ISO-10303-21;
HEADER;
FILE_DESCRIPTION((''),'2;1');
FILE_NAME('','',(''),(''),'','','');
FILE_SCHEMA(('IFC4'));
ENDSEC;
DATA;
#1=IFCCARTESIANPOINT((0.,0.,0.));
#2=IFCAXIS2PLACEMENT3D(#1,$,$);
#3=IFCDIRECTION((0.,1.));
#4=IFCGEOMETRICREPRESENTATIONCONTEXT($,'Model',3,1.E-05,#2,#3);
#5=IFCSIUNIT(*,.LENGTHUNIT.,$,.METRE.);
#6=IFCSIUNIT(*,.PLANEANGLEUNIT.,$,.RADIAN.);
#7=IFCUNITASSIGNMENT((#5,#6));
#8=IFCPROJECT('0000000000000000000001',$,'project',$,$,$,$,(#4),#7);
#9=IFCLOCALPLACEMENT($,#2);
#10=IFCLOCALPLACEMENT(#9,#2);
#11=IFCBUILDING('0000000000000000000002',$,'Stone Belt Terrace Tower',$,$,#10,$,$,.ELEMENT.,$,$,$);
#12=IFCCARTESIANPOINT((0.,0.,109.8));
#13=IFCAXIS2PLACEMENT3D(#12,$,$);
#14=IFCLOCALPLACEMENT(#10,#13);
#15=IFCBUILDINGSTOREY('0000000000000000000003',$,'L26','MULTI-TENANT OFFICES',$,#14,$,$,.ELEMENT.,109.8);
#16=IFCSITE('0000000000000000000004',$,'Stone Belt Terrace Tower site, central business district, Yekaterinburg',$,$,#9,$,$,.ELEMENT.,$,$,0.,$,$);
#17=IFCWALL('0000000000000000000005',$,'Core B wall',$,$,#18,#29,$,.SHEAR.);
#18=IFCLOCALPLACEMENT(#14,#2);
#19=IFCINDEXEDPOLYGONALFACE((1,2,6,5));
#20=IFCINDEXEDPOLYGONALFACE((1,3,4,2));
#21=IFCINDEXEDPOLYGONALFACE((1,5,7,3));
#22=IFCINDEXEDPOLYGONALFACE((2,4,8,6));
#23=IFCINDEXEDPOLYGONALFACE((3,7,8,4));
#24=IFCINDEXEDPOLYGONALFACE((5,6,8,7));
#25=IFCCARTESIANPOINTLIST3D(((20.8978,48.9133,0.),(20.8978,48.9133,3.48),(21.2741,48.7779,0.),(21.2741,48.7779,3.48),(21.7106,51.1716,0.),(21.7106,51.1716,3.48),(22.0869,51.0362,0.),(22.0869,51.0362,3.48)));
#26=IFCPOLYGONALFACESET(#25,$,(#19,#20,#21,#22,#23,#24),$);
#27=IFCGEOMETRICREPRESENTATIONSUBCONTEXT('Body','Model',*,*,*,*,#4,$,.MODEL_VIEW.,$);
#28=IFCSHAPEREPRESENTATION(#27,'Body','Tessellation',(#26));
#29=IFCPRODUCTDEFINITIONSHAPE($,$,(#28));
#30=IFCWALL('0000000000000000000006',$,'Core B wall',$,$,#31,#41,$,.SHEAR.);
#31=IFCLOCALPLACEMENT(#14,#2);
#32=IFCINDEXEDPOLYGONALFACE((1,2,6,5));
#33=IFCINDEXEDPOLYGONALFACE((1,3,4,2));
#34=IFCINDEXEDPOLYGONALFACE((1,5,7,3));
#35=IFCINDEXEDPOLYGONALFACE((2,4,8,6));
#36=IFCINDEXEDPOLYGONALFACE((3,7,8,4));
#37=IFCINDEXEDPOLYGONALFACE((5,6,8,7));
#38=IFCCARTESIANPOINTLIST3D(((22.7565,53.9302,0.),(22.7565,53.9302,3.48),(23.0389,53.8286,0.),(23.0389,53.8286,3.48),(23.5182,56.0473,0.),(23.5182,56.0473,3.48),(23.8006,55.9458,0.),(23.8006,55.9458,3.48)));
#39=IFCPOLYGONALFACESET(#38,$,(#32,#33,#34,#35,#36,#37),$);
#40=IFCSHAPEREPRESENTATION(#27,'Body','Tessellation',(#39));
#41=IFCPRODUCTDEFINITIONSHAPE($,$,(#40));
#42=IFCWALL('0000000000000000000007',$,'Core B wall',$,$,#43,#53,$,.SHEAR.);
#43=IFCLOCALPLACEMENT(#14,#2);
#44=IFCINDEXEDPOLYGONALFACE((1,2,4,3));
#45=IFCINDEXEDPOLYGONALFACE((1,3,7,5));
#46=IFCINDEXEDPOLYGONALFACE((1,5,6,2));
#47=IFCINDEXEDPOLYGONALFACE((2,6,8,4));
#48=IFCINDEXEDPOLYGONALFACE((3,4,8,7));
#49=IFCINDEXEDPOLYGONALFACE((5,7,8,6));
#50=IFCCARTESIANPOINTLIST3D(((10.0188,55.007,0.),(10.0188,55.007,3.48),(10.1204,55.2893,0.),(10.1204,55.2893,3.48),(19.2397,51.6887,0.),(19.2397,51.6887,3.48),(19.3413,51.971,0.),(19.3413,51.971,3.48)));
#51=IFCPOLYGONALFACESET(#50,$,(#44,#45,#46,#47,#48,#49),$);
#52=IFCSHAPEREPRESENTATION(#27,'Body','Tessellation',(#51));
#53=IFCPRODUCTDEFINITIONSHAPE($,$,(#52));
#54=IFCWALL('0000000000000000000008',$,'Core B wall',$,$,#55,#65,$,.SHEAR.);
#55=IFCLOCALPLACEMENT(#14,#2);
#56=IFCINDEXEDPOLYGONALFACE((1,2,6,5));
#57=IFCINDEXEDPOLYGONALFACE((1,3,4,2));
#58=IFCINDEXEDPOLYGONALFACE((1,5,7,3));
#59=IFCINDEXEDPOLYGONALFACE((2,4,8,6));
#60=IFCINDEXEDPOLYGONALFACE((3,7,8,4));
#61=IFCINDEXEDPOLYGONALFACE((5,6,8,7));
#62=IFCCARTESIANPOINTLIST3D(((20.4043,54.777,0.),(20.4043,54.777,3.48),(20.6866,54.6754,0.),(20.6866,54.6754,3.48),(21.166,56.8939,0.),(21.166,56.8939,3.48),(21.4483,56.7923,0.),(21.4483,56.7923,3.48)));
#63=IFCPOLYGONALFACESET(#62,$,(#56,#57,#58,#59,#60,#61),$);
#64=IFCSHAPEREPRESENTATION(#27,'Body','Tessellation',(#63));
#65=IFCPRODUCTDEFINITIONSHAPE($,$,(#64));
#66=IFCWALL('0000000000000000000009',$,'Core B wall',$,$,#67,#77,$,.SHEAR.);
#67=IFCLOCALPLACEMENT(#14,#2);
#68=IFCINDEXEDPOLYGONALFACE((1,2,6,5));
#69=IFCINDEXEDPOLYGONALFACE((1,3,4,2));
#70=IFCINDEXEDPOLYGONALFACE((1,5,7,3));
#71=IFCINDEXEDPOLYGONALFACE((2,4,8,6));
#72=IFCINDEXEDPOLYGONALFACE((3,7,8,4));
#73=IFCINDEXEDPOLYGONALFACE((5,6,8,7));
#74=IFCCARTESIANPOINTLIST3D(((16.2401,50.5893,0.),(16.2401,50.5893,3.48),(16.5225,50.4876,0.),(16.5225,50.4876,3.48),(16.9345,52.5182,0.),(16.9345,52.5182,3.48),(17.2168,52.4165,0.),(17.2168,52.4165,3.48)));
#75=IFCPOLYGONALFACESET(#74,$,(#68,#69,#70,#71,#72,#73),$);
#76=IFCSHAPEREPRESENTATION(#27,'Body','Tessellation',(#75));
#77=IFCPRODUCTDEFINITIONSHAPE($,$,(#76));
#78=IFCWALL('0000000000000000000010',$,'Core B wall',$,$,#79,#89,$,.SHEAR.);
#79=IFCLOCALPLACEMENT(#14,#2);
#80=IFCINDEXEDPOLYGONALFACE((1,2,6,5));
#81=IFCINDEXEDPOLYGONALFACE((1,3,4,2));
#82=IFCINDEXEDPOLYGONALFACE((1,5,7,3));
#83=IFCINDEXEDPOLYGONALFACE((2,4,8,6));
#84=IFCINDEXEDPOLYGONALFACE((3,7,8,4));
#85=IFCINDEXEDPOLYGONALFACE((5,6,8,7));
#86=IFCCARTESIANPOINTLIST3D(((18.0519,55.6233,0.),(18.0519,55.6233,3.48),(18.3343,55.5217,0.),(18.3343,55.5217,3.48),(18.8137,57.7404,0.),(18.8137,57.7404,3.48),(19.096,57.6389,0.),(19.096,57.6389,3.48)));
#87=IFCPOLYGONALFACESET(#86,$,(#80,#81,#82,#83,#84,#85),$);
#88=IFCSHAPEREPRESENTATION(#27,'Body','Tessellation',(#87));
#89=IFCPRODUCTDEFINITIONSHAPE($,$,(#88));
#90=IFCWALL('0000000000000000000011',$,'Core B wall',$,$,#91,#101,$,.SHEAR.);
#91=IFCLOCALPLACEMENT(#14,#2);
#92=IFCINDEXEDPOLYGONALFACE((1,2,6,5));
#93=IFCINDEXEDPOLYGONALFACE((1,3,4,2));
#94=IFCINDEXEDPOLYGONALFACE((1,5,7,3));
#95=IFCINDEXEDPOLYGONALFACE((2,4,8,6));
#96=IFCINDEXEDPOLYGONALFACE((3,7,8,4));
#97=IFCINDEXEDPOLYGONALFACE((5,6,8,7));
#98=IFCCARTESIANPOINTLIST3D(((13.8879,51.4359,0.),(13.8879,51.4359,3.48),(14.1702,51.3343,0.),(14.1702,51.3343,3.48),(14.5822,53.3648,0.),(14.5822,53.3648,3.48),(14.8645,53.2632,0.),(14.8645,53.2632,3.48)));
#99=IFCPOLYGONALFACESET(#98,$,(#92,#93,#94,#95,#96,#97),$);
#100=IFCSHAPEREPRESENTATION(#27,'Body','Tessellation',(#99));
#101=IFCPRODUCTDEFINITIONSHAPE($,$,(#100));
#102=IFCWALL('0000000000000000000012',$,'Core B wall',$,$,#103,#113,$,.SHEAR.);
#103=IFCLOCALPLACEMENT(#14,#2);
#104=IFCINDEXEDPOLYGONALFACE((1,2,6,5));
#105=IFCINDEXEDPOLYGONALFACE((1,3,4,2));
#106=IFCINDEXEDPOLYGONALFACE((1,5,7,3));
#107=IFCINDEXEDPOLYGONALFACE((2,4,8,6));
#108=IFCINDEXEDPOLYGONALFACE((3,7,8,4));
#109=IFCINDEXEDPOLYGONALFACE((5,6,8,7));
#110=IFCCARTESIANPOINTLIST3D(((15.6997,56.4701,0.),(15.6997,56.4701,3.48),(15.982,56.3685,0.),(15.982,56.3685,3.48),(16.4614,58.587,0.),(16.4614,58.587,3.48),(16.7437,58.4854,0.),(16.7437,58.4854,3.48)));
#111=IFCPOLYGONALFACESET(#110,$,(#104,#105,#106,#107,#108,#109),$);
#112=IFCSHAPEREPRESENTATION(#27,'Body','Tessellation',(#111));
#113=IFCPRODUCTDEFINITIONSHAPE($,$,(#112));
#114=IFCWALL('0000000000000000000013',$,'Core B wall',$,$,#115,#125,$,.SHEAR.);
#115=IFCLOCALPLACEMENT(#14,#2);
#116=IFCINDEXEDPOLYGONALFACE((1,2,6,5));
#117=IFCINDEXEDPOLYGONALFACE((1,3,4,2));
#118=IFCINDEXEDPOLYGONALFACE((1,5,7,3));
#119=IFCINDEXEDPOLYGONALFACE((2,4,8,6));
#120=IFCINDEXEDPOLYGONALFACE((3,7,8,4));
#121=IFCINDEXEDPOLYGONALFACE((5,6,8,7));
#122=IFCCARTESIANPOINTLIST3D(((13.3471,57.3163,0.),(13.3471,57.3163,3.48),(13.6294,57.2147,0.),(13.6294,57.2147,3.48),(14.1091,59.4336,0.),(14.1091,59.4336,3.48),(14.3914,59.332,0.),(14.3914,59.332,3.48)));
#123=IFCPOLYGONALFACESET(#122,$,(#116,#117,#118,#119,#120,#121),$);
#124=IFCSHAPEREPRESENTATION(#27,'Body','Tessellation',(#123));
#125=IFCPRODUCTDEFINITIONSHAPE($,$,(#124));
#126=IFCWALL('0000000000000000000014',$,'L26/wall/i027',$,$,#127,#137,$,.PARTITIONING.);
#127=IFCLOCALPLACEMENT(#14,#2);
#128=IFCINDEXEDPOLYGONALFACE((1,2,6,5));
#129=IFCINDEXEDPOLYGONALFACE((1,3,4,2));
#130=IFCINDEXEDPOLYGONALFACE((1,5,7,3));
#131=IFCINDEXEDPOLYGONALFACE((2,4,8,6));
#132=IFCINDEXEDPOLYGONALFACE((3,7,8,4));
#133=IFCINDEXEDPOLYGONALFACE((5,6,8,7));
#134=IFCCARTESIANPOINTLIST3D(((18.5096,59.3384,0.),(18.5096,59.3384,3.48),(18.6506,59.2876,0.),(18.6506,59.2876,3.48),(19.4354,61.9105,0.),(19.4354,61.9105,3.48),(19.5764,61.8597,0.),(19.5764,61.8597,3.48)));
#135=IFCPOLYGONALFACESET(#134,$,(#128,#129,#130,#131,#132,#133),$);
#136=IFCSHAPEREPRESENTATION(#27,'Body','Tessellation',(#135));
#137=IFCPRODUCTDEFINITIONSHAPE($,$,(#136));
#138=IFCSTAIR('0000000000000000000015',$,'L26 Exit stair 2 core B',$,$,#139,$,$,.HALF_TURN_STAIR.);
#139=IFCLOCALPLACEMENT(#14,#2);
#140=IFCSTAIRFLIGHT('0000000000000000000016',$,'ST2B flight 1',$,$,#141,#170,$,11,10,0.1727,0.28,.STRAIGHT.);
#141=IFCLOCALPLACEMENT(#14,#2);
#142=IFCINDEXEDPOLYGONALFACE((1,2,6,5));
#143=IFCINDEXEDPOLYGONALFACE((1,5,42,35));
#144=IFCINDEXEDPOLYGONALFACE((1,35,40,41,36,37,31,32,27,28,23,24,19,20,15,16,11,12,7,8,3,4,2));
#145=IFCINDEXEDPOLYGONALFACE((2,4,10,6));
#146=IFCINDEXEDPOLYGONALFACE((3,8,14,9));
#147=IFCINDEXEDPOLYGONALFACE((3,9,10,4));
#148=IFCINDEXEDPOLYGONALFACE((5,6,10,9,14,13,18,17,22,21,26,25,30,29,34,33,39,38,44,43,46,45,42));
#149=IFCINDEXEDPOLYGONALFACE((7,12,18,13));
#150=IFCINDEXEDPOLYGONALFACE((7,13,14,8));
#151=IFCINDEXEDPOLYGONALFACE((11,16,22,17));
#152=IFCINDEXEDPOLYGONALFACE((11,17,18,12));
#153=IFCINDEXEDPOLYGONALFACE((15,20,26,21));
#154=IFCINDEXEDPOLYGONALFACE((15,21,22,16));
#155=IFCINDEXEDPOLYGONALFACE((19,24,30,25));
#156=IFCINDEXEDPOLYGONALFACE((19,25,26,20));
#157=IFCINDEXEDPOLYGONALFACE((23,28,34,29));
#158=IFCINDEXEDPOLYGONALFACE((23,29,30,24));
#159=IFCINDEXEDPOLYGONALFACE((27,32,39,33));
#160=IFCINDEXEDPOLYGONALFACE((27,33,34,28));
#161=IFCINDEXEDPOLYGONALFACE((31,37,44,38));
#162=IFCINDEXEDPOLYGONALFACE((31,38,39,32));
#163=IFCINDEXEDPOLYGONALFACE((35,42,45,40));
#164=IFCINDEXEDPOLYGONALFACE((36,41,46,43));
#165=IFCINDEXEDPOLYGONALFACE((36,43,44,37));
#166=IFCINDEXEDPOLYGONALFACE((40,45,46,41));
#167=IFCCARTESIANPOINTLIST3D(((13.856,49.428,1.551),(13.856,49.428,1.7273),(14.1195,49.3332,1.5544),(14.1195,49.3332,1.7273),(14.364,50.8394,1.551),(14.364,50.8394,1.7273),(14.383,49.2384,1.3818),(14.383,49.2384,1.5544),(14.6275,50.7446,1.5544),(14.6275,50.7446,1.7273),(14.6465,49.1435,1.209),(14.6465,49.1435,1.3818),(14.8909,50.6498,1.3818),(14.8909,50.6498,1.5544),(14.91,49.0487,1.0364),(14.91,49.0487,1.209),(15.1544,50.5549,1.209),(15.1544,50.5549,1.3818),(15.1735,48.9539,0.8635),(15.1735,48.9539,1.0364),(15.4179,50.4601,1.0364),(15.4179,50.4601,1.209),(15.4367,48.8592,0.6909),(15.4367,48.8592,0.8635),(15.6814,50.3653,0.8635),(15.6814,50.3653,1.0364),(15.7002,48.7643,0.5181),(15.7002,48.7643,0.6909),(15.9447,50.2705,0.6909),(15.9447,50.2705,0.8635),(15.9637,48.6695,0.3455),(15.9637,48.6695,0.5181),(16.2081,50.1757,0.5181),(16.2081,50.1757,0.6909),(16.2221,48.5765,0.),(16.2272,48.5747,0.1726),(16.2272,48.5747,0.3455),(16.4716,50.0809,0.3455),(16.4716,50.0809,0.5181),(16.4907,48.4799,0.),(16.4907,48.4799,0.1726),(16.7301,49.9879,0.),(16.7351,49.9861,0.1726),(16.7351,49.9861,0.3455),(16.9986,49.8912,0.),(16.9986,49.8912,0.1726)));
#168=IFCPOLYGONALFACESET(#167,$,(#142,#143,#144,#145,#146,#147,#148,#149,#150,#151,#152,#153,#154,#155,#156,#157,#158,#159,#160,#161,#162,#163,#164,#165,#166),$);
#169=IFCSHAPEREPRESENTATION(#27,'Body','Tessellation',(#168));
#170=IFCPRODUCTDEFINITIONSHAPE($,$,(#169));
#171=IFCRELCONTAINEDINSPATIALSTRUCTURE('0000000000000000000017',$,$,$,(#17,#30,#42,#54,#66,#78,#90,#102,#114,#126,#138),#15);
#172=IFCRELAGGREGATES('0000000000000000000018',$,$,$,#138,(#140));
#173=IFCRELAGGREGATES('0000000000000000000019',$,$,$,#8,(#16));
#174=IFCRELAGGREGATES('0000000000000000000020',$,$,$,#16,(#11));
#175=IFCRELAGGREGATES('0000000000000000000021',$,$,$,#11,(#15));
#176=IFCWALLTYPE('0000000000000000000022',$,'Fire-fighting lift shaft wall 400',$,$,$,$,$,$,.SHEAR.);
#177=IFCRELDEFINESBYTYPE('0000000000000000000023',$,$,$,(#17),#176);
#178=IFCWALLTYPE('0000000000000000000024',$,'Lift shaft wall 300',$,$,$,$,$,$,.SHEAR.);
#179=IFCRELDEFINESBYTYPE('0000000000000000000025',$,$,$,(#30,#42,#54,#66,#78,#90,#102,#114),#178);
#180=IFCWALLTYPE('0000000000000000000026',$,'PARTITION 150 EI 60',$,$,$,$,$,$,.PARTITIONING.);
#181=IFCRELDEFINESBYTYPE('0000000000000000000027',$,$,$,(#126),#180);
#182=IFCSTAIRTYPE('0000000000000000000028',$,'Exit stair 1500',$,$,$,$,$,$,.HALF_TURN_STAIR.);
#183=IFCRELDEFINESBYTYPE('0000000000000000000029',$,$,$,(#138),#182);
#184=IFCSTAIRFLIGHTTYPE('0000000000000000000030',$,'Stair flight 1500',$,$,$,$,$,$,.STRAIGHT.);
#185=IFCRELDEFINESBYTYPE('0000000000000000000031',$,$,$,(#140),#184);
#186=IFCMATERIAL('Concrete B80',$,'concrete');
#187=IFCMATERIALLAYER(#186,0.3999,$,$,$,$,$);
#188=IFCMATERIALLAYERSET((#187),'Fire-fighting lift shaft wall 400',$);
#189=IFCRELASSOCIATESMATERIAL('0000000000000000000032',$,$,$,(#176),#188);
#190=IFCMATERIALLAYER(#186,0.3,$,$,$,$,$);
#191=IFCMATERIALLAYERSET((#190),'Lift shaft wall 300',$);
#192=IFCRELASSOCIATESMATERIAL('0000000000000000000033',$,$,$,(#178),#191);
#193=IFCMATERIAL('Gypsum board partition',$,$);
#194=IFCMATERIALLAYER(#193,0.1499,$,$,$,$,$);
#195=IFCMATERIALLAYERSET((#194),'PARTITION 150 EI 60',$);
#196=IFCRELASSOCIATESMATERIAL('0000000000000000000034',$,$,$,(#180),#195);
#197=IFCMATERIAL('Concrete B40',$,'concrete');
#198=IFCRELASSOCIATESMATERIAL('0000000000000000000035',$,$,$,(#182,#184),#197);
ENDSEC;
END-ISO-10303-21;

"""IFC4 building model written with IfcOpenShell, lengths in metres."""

from ifc_helpers import new_model, si_unit, direction, frame, frame_2d, origin, place, context, subcontext, project, spatial, polyline, rectangle, outline, extrude, material, layer, layer_set, type_object, element, aggregate, save


model = new_model("IFC4")

# Units and contexts
model_context = context("Model", 3, precision=1e-05, world=origin(), true_north=direction((0.0, 1.0)))
body_context = subcontext(model_context, "Body", "Model", "MODEL_VIEW")
ifc_project = project(units=[si_unit("LENGTHUNIT", "METRE"), si_unit("PLANEANGLEUNIT", "RADIAN")], contexts=[model_context])

# Site, building, storey
site_placement = place(None, origin())
site = spatial("IfcSite", under=ifc_project, at=site_placement, Name="Stone Belt Terrace Tower site, central business district, Yekaterinburg", CompositionType="ELEMENT", RefElevation=0.0)
building_placement = place(site_placement, origin())
building = spatial("IfcBuilding", under=site, at=building_placement, Name="Stone Belt Terrace Tower", CompositionType="ELEMENT")
storey_placement = place(building_placement, frame((0.0, 0.0, 109.8)))
storey = spatial("IfcBuildingStorey", under=building, at=storey_placement, Name="L26", Description="MULTI-TENANT OFFICES", CompositionType="ELEMENT", Elevation=109.8)

# Shared definitions
ifc_material_1 = material(Name="Concrete B80", Category="concrete")

# Walls
ifc_layer_1 = layer(ifc_material_1, 0.3999)
ifc_layer_set_1 = layer_set([ifc_layer_1], Name="Fire-fighting lift shaft wall 400")
wall_type_1 = type_object("IfcWallType", Name="Fire-fighting lift shaft wall 400", PredefinedType="SHEAR", material=ifc_layer_set_1)
wall_1_placement = place(storey_placement, frame((21.0859, 48.8455, 0.0), z_axis=(0.0, 0.0, 1.0), x_axis=(0.338629, 0.94092, 0.0)))
element("IfcWall", 1, at=wall_1_placement, inside=storey, type_object=wall_type_1, Name="Core B wall", PredefinedType="SHEAR", context=body_context, shape_type="SweptSolid", body=[
    extrude(rectangle(XDim=2.4001, YDim=0.3999, at=frame_2d((1.2002, 0.0))), origin(), (0.0, 0.0, 1.0), 3.48),
])
ifc_layer_2 = layer(ifc_material_1, 0.3)
ifc_layer_set_2 = layer_set([ifc_layer_2], Name="Lift shaft wall 300")
wall_type_2 = type_object("IfcWallType", Name="Lift shaft wall 300", PredefinedType="SHEAR", material=ifc_layer_set_2)
wall_2_placement = place(storey_placement, frame((22.8977, 53.8794, 0.0), z_axis=(0.0, 0.0, 1.0), x_axis=(0.338535, 0.940954, 0.0)))
element("IfcWall", 2, at=wall_2_placement, inside=storey, type_object=wall_type_2, Name="Core B wall", PredefinedType="SHEAR", context=body_context, shape_type="SweptSolid", body=[
    extrude(rectangle(XDim=2.25, YDim=0.3, at=frame_2d((1.125, 0.0))), origin(), (0.0, 0.0, 1.0), 3.48),
])
wall_3_placement = place(storey_placement, frame((19.2905, 51.8298, 0.0), z_axis=(0.0, 0.0, 1.0), x_axis=(-0.940926, 0.338613, 0.0)))
element("IfcWall", 3, at=wall_3_placement, inside=storey, type_object=wall_type_2, Name="Core B wall", PredefinedType="SHEAR", context=body_context, shape_type="SweptSolid", body=[
    extrude(rectangle(XDim=9.7998, YDim=0.3, at=frame_2d((4.8999, 0.0))), origin(), (0.0, 0.0, 1.0), 3.48),
])
wall_4_placement = place(storey_placement, frame((20.5454, 54.7261, 0.0), z_axis=(0.0, 0.0, 1.0), x_axis=(0.33857, 0.940941, 0.0)))
element("IfcWall", 4, at=wall_4_placement, inside=storey, type_object=wall_type_2, Name="Core B wall", PredefinedType="SHEAR", context=body_context, shape_type="SweptSolid", body=[
    extrude(rectangle(XDim=2.2498, YDim=0.3, at=frame_2d((1.125, 0.0))), origin(), (0.0, 0.0, 1.0), 3.48),
])
wall_5_placement = place(storey_placement, frame((16.3813, 50.5386, 0.0), z_axis=(0.0, 0.0, 1.0), x_axis=(0.338682, 0.940901, 0.0)))
element("IfcWall", 5, at=wall_5_placement, inside=storey, type_object=wall_type_2, Name="Core B wall", PredefinedType="SHEAR", context=body_context, shape_type="SweptSolid", body=[
    extrude(rectangle(XDim=2.05, YDim=0.3, at=frame_2d((1.0249, 0.0))), origin(), (0.0, 0.0, 1.0), 3.48),
])
wall_6_placement = place(storey_placement, frame((18.1931, 55.5725, 0.0), z_axis=(0.0, 0.0, 1.0), x_axis=(0.338535, 0.940954, 0.0)))
element("IfcWall", 6, at=wall_6_placement, inside=storey, type_object=wall_type_2, Name="Core B wall", PredefinedType="SHEAR", context=body_context, shape_type="SweptSolid", body=[
    extrude(rectangle(XDim=2.25, YDim=0.3, at=frame_2d((1.125, 0.0))), origin(), (0.0, 0.0, 1.0), 3.48),
])
wall_7_placement = place(storey_placement, frame((14.0291, 51.3853, 0.0), z_axis=(0.0, 0.0, 1.0), x_axis=(0.338682, 0.940901, 0.0)))
element("IfcWall", 7, at=wall_7_placement, inside=storey, type_object=wall_type_2, Name="Core B wall", PredefinedType="SHEAR", context=body_context, shape_type="SweptSolid", body=[
    extrude(rectangle(XDim=2.05, YDim=0.3, at=frame_2d((1.0249, 0.0))), origin(), (0.0, 0.0, 1.0), 3.48),
])
wall_8_placement = place(storey_placement, frame((15.8408, 56.4192, 0.0), z_axis=(0.0, 0.0, 1.0), x_axis=(0.33857, 0.940941, 0.0)))
element("IfcWall", 8, at=wall_8_placement, inside=storey, type_object=wall_type_2, Name="Core B wall", PredefinedType="SHEAR", context=body_context, shape_type="SweptSolid", body=[
    extrude(rectangle(XDim=2.2498, YDim=0.3, at=frame_2d((1.125, 0.0))), origin(), (0.0, 0.0, 1.0), 3.48),
])
wall_9_placement = place(storey_placement, frame((13.4883, 57.2656, 0.0), z_axis=(0.0, 0.0, 1.0), x_axis=(0.338631, 0.940919, 0.0)))
element("IfcWall", 9, at=wall_9_placement, inside=storey, type_object=wall_type_2, Name="Core B wall", PredefinedType="SHEAR", context=body_context, shape_type="SweptSolid", body=[
    extrude(rectangle(XDim=2.2502, YDim=0.3, at=frame_2d((1.125, 0.0))), origin(), (0.0, 0.0, 1.0), 3.48),
])
ifc_material_2 = material(Name="Gypsum board partition")
ifc_layer_3 = layer(ifc_material_2, 0.1499)
ifc_layer_set_3 = layer_set([ifc_layer_3], Name="PARTITION 150 EI 60")
wall_type_3 = type_object("IfcWallType", Name="PARTITION 150 EI 60", PredefinedType="PARTITIONING", material=ifc_layer_set_3)
wall_10_placement = place(storey_placement, frame((19.5059, 61.885, 0.0), z_axis=(0.0, 0.0, 1.0), x_axis=(-0.338672, -0.940904, 0.0)))
element("IfcWall", 10, at=wall_10_placement, inside=storey, type_object=wall_type_3, Name="L26/wall/i027", PredefinedType="PARTITIONING", context=body_context, shape_type="SweptSolid", body=[
    extrude(rectangle(XDim=2.7336, YDim=0.1499, at=frame_2d((1.3667, 0.0))), origin(), (0.0, 0.0, 1.0), 3.48),
])

# Stair, stair flight
ifc_material_3 = material(Name="Concrete B40", Category="concrete")
stair_type = type_object("IfcStairType", Name="Exit stair 1500", PredefinedType="HALF_TURN_STAIR", material=ifc_material_3)
stair_placement = place(storey_placement, origin())
stair = element("IfcStair", 11, at=stair_placement, inside=storey, type_object=stair_type, Name="L26 Exit stair 2 core B", PredefinedType="HALF_TURN_STAIR")
stair_flight_type = type_object("IfcStairFlightType", Name="Stair flight 1500", PredefinedType="STRAIGHT", material=ifc_material_3)
stair_flight_1_placement = place(storey_placement, frame((16.7446, 49.1855, 0.0), z_axis=(0.0, 0.0, 1.0), x_axis=(-0.940922, 0.338624, 0.0)))
stair_flight_1 = element("IfcStairFlight", 12, at=stair_flight_1_placement, type_object=stair_flight_type, Name="ST2B flight 1", NumberOfRisers=11, NumberOfTreads=10, PredefinedType="STRAIGHT", RiserHeight=0.1727, TreadLength=0.28, context=body_context, shape_type="SweptSolid", body=[
    extrude(outline(polyline([(0.0, 0.0), (0.0, 0.1726), (0.28, 0.1726), (0.28, 0.3455), (0.5601, 0.3455), (0.5601, 0.5181), (0.8401, 0.5181), (0.8401, 0.6909), (1.1201, 0.6909), (1.1201, 0.8635), (1.3999, 0.8635), (1.3999, 1.0364), (1.6799, 1.0364), (1.6799, 1.209), (1.96, 1.209), (1.96, 1.3818), (2.24, 1.3818), (2.24, 1.5544), (2.52, 1.5544), (2.52, 1.7273), (2.8, 1.7273), (2.8, 1.8999), (2.8, 1.551), (0.2854, 0.0), (0.0, 0.0)])), frame((0.0, 0.75, 0.0), z_axis=(0.0, -1.0, 0.0), x_axis=(1.0, 0.0, 0.0)), (0.0, 0.0, 1.0), 1.5),
])
aggregate(stair, [stair_flight_1])

save(model, "model.ifc")
